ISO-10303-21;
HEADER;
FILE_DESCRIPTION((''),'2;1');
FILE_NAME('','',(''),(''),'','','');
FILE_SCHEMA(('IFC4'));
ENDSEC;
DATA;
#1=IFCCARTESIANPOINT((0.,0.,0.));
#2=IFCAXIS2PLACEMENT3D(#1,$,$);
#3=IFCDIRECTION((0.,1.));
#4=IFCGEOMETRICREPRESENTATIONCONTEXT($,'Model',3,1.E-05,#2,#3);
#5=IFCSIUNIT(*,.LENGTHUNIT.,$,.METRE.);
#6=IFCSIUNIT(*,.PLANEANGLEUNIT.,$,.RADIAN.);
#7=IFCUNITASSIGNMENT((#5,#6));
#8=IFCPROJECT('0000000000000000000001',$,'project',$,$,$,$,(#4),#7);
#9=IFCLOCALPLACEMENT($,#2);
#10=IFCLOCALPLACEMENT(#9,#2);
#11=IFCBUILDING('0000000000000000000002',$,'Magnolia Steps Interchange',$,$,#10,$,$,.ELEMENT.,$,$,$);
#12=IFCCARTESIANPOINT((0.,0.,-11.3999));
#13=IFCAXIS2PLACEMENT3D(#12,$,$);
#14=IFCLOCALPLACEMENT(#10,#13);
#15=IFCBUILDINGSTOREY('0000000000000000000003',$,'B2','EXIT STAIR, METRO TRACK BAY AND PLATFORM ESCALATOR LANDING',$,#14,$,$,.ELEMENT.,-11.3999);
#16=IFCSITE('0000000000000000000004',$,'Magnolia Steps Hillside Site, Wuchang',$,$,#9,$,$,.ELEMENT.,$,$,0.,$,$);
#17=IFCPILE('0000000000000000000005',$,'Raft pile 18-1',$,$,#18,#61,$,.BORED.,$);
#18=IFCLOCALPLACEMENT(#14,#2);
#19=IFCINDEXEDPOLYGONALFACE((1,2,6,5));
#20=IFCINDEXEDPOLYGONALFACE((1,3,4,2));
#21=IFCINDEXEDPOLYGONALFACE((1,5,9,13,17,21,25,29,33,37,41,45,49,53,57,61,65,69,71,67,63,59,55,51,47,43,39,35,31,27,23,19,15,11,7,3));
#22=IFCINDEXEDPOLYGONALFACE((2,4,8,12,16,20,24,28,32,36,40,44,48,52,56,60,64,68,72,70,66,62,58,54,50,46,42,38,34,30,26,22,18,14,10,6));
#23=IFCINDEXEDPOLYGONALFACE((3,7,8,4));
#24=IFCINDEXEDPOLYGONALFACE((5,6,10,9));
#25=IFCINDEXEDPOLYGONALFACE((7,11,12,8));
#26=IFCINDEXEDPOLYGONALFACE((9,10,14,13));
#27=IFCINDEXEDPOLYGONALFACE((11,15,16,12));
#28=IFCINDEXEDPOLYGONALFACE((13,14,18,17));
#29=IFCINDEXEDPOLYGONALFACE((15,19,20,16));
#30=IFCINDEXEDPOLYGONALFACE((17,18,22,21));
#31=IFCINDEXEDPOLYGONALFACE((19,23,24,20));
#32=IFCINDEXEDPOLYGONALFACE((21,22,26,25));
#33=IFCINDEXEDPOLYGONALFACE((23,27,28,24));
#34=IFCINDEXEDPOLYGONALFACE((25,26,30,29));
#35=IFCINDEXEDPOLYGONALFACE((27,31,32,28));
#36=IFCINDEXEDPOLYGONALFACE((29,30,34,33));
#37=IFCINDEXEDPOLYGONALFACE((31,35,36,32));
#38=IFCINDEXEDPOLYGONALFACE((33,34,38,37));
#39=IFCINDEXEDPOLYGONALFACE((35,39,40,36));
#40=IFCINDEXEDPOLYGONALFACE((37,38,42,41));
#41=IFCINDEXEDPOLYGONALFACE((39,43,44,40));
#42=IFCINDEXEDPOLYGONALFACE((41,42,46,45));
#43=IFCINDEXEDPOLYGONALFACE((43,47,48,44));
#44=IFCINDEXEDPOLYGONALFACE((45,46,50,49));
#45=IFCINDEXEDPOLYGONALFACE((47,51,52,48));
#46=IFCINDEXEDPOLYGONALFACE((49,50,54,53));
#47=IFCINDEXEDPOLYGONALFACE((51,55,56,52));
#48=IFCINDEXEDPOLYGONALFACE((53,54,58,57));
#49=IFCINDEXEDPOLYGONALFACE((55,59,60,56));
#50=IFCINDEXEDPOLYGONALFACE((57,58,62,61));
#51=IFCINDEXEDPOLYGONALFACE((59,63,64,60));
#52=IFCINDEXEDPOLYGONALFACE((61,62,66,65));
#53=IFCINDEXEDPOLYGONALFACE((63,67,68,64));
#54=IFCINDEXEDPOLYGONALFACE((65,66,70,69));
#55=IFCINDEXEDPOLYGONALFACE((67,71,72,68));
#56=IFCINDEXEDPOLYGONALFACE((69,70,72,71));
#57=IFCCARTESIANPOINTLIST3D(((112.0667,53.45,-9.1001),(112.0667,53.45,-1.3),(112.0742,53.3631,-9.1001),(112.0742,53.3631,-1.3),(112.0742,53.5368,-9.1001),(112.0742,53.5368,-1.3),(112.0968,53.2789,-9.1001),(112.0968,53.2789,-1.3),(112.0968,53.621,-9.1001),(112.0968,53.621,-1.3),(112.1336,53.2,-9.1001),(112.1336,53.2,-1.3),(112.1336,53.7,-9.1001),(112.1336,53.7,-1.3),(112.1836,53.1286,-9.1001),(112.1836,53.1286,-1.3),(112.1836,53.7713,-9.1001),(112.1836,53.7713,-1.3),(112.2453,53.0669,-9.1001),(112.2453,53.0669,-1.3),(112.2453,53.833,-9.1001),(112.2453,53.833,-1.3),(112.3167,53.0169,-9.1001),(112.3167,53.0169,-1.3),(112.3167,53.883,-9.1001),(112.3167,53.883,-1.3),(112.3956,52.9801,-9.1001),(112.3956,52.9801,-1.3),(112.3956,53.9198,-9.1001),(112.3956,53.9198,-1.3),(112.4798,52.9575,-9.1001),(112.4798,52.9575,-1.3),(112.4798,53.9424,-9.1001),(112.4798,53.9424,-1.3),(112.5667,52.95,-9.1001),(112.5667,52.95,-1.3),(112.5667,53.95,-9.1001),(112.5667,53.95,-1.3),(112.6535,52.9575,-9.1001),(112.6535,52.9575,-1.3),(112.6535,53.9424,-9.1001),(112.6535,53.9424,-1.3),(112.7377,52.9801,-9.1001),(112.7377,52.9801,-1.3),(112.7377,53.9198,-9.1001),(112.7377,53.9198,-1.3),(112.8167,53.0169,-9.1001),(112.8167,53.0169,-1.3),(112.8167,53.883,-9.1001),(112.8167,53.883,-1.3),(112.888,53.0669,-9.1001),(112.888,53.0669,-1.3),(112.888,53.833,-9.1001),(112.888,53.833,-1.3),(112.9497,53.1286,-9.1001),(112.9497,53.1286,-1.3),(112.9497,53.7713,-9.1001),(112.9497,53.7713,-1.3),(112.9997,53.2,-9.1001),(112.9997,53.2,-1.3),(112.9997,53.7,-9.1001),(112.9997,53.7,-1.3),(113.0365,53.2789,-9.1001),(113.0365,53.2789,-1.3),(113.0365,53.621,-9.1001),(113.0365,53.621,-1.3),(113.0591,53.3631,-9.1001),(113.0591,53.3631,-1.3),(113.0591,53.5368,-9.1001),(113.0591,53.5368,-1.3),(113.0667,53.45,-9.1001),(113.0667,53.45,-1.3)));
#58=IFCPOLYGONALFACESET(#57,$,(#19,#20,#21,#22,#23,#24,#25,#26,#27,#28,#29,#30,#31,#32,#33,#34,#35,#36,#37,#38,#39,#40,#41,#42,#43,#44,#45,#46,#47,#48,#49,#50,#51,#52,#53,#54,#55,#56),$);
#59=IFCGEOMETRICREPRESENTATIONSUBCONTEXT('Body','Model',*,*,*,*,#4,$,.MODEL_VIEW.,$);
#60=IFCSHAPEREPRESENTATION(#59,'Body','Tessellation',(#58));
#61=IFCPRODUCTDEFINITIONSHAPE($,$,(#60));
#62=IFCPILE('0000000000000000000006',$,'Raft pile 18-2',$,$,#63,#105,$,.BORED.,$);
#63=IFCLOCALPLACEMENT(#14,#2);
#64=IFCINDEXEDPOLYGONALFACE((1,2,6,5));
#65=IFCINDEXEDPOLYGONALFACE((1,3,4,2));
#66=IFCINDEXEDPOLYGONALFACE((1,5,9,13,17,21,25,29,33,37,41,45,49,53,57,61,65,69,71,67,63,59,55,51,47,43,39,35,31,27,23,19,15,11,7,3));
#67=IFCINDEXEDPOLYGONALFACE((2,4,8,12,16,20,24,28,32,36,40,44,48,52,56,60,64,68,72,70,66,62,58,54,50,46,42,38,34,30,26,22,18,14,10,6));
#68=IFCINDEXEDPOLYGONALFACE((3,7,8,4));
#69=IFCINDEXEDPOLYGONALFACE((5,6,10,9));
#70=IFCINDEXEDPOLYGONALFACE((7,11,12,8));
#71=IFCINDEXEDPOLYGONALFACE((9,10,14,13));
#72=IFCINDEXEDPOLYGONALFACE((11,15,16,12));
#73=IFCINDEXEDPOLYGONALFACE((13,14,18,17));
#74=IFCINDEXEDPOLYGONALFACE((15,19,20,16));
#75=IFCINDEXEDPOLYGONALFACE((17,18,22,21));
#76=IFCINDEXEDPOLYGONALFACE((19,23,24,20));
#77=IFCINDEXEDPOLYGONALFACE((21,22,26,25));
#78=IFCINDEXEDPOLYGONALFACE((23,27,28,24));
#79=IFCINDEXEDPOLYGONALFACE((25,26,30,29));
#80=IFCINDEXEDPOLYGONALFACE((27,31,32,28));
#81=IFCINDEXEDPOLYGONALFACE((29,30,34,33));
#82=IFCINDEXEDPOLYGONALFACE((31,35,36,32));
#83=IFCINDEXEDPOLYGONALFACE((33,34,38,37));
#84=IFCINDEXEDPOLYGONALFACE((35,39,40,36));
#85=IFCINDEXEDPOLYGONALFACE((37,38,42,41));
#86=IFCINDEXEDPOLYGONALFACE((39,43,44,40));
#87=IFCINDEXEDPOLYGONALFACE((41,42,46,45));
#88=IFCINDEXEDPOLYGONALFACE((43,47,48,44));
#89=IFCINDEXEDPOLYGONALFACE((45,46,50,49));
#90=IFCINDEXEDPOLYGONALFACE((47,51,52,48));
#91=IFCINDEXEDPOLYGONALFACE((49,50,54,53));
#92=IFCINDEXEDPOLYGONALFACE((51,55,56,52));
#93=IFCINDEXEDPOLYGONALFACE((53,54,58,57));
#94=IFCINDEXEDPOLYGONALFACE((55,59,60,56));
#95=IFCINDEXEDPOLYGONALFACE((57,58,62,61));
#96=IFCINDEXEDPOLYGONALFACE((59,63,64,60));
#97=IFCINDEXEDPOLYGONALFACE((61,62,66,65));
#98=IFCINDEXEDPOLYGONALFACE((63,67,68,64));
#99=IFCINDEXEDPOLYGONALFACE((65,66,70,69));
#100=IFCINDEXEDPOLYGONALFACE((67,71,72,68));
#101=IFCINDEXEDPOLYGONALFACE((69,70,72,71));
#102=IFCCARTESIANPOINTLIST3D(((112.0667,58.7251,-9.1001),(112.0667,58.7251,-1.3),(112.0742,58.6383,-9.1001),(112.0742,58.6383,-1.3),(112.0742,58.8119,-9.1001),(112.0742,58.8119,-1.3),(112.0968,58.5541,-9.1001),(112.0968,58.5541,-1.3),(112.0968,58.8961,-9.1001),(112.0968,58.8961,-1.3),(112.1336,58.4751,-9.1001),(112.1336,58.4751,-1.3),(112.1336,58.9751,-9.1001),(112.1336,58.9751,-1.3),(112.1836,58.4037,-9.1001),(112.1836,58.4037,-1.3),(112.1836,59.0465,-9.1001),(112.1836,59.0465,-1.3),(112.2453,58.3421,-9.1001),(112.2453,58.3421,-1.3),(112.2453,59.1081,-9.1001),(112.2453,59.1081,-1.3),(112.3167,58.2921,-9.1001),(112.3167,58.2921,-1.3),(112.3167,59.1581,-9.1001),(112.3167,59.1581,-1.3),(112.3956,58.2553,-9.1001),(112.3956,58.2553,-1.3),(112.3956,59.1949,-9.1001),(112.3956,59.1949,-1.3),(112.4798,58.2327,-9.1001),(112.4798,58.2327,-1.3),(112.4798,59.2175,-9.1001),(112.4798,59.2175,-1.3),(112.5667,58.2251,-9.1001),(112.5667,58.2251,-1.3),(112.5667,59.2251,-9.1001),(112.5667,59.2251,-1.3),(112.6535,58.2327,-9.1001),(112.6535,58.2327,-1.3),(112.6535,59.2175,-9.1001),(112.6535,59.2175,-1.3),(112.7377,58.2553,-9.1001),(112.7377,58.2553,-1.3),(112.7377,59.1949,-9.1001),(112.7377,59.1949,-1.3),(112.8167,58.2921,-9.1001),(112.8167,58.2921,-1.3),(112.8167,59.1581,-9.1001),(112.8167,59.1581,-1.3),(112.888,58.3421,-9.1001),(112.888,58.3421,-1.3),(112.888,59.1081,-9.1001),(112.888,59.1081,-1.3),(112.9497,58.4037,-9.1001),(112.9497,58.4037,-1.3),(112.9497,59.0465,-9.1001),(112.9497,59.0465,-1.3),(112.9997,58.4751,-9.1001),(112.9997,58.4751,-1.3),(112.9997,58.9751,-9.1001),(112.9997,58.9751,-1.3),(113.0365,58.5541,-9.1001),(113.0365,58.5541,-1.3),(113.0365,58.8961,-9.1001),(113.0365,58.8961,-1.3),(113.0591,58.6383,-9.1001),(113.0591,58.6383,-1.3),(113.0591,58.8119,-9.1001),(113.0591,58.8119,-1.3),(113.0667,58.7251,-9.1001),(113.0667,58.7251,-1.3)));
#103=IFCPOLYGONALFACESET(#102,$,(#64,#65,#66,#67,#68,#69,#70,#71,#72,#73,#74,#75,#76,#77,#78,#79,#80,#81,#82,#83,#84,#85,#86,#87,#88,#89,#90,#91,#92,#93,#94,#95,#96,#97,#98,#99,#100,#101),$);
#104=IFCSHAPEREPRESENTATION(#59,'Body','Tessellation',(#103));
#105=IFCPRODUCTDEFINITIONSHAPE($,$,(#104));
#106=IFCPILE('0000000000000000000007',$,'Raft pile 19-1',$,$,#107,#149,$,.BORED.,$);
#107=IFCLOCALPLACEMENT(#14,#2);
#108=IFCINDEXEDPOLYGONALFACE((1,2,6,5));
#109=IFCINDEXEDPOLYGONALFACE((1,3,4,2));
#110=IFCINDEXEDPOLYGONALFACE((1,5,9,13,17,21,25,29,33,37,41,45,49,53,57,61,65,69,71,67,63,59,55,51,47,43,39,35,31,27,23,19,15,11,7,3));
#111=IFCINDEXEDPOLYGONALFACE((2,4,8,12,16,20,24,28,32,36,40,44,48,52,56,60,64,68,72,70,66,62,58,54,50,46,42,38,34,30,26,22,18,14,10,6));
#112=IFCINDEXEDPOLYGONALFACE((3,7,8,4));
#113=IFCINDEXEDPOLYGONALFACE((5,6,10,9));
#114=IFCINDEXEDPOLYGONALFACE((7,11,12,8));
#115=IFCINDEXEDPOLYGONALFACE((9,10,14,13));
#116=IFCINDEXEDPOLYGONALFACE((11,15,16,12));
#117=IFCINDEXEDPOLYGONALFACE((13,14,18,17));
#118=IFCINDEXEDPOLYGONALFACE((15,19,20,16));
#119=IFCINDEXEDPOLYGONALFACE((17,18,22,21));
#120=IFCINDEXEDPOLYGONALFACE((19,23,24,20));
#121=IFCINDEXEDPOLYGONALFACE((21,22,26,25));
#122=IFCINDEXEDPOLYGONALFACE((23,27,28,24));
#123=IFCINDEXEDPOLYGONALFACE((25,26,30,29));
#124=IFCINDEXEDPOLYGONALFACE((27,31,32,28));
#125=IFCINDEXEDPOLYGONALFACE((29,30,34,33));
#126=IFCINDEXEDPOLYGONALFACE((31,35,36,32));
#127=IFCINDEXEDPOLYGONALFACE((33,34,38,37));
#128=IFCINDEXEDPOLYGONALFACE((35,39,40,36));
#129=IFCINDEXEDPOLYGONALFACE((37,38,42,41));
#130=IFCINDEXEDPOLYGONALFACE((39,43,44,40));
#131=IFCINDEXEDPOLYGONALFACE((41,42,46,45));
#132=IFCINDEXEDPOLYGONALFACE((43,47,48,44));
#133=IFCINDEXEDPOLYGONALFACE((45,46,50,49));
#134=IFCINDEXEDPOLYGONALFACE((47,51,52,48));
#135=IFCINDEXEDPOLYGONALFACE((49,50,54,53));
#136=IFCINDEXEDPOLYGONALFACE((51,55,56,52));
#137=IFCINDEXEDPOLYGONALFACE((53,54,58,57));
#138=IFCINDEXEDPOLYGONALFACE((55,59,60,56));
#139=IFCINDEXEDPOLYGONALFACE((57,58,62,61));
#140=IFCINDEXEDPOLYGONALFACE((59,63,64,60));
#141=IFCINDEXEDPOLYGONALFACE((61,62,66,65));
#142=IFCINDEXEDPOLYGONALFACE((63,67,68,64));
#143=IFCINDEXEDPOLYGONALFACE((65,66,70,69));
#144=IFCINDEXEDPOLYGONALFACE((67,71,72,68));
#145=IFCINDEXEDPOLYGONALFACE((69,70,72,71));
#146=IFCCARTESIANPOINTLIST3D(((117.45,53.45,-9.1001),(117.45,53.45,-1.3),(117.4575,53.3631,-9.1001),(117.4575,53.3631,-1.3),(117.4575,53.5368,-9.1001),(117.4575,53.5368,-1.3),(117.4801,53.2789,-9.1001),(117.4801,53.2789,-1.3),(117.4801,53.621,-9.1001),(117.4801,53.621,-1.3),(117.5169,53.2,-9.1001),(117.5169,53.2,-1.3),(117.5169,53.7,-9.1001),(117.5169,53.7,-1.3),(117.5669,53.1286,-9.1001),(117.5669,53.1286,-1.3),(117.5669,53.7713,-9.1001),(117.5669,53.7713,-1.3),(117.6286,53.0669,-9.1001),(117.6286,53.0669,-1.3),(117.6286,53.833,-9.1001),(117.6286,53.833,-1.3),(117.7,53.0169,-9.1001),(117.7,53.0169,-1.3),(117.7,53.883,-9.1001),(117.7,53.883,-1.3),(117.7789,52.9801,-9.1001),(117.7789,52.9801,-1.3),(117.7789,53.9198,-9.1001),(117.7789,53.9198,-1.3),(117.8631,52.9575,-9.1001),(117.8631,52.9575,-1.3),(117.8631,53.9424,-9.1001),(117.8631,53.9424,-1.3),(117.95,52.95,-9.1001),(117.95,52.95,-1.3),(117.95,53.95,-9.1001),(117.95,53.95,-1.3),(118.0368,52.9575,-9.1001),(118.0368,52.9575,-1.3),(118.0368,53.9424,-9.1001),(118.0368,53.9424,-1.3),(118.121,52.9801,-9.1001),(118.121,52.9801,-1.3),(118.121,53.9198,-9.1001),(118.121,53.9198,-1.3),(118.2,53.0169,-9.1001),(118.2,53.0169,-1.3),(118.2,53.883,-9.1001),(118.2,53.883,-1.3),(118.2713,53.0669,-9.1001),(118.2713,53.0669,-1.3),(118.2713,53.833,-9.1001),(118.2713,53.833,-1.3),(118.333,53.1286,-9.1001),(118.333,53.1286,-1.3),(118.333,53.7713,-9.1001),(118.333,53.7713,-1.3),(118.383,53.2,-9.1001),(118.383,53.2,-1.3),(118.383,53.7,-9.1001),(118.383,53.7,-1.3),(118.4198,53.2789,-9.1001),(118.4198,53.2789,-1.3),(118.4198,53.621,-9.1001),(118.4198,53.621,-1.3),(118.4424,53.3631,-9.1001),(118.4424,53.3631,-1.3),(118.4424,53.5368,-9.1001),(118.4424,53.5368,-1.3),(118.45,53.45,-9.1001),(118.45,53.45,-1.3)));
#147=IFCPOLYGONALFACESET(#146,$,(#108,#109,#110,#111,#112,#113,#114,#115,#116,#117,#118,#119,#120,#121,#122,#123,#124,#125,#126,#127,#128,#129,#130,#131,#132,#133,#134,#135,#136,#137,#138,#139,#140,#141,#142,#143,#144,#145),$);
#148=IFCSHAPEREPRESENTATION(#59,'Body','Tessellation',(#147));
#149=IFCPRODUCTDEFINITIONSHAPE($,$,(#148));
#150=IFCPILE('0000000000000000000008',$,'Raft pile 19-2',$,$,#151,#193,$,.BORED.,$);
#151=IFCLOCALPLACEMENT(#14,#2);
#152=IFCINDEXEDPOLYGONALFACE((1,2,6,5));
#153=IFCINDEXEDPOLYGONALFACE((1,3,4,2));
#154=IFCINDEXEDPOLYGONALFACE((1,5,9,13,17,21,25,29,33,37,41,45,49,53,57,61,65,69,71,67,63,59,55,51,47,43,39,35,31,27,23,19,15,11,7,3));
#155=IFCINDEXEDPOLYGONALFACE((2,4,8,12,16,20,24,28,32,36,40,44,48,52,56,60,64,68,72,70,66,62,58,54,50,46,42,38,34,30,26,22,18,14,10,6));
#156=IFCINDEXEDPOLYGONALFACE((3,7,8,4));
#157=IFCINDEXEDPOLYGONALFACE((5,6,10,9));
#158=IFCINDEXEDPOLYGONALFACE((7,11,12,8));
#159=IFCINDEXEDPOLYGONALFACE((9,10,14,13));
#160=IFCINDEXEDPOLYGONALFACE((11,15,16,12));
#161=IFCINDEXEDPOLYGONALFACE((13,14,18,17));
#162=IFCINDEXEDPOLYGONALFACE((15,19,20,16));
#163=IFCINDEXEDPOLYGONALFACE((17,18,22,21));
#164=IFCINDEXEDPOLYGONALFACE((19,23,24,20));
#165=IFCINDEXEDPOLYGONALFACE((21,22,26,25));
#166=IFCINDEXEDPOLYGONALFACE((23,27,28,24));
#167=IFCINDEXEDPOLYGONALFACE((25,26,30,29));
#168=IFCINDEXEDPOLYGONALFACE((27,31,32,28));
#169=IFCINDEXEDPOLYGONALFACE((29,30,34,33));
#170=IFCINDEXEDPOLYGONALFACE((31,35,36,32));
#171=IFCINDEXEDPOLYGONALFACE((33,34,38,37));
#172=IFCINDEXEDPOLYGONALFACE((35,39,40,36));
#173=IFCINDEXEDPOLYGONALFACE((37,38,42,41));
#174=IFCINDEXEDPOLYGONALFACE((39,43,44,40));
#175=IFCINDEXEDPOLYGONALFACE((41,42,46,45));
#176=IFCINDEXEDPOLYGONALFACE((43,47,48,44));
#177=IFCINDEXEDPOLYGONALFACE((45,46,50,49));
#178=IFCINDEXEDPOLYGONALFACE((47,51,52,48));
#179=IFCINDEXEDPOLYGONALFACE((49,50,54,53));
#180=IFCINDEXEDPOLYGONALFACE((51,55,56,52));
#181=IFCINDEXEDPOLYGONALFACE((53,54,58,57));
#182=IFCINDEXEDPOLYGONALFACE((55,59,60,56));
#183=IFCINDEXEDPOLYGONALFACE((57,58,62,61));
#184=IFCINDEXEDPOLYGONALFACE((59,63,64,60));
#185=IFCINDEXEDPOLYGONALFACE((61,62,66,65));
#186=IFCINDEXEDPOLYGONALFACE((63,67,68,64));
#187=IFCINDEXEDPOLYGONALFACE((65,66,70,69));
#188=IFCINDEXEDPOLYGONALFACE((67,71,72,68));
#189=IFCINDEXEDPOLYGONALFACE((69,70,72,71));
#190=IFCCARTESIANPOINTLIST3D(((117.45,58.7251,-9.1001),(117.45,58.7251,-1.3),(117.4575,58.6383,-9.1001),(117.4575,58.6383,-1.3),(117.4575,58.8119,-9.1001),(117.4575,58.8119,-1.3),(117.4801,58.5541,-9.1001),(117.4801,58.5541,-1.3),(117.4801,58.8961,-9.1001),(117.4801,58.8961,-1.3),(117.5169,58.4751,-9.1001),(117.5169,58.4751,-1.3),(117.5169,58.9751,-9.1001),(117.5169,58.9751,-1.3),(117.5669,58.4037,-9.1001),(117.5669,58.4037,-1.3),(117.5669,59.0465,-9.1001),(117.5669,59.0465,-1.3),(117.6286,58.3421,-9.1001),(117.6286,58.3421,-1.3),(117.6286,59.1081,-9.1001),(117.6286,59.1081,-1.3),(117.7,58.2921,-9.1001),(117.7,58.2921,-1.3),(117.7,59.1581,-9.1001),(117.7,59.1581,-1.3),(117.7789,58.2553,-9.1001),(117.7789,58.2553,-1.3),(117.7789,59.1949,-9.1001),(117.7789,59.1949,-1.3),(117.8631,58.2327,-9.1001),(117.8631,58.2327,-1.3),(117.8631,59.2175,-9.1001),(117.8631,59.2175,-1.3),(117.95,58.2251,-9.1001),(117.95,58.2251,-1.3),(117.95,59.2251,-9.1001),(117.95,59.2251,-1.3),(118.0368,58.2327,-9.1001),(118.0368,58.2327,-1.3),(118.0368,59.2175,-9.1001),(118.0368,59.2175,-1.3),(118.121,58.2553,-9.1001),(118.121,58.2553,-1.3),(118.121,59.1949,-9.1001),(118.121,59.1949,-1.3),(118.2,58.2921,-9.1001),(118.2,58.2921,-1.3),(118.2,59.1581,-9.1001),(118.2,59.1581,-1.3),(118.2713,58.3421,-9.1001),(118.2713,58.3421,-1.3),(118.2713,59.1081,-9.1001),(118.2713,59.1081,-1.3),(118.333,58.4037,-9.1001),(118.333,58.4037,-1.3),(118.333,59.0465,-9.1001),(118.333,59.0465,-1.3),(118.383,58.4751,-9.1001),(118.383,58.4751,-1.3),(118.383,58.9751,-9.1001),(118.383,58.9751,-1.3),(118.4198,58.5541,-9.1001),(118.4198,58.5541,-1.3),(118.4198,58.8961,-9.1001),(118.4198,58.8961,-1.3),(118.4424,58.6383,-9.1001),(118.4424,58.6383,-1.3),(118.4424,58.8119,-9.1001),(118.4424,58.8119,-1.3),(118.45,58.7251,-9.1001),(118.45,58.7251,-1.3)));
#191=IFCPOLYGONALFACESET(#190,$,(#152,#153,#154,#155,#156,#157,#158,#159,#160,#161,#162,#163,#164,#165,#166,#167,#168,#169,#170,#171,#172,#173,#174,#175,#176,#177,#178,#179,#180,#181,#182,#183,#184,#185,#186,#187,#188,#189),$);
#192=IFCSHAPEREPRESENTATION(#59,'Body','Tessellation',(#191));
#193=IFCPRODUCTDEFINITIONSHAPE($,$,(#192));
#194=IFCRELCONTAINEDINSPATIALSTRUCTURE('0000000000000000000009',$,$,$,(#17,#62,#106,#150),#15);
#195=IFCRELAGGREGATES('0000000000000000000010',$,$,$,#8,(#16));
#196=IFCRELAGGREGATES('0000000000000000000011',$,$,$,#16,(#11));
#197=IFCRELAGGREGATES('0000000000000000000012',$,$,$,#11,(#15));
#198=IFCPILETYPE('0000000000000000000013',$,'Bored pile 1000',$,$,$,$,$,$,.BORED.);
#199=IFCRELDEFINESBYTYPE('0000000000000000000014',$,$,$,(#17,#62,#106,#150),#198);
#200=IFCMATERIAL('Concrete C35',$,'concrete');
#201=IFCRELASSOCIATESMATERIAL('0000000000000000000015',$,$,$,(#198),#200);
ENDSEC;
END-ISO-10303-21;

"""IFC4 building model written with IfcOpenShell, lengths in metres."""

from ifc_helpers import new_model, si_unit, direction, frame, origin, origin_2d, place, context, subcontext, project, spatial, circle, extrude, material, material_profile, profile_set, type_object, element, save


model = new_model("IFC4")

# Units and contexts
model_context = context("Model", 3, precision=1e-05, world=origin(), true_north=direction((0.0, 1.0)))
body_context = subcontext(model_context, "Body", "Model", "MODEL_VIEW")
ifc_project = project(units=[si_unit("LENGTHUNIT", "METRE"), si_unit("PLANEANGLEUNIT", "RADIAN")], contexts=[model_context])

# Site, building, storey
site_placement = place(None, origin())
site = spatial("IfcSite", under=ifc_project, at=site_placement, Name="Magnolia Steps Hillside Site, Wuchang", CompositionType="ELEMENT", RefElevation=0.0)
building_placement = place(site_placement, origin())
building = spatial("IfcBuilding", under=site, at=building_placement, Name="Magnolia Steps Interchange", CompositionType="ELEMENT")
storey_placement = place(building_placement, frame((0.0, 0.0, -11.3999)))
storey = spatial("IfcBuildingStorey", under=building, at=storey_placement, Name="B2", Description="EXIT STAIR, METRO TRACK BAY AND PLATFORM ESCALATOR LANDING", CompositionType="ELEMENT", Elevation=-11.3999)

# Piles
ifc_material_1 = material(Name="Concrete C35", Category="concrete")
ifc_material_profile = material_profile(ifc_material_1, circle(Radius=0.5, at=origin_2d()), Name="Bored pile 1000")
ifc_profile_set = profile_set([ifc_material_profile], Name="Concrete C35")
pile_type = type_object("IfcPileType", Name="Bored pile 1000", PredefinedType="BORED", material=ifc_profile_set)
for number, where, z_axis, x_axis, name in (
    (1, (112.5667, 53.45, -1.3), (0.0, 0.0, -1.0), (1.0, 0.0, 0.0), "Raft pile 18-1"),
    (2, (112.5667, 58.7251, -1.3), (0.0, 0.0, -1.0), (1.0, 0.0, 0.0), "Raft pile 18-2"),
    (3, (117.95, 53.45, -1.3), (0.0, 0.0, -1.0), (1.0, 0.0, 0.0), "Raft pile 19-1"),
    (4, (117.95, 58.7251, -1.3), (0.0, 0.0, -1.0), (1.0, 0.0, 0.0), "Raft pile 19-2"),
):
    element("IfcPile", number, at=place(storey_placement, frame(where, z_axis=z_axis, x_axis=x_axis)), inside=storey, type_object=pile_type, Name=name, PredefinedType="BORED", context=body_context, shape_type="SweptSolid", body=[
        extrude(circle(Radius=0.5, at=origin_2d()), origin(), (0.0, 0.0, 1.0), 7.8),
    ])

save(model, "model.ifc")
